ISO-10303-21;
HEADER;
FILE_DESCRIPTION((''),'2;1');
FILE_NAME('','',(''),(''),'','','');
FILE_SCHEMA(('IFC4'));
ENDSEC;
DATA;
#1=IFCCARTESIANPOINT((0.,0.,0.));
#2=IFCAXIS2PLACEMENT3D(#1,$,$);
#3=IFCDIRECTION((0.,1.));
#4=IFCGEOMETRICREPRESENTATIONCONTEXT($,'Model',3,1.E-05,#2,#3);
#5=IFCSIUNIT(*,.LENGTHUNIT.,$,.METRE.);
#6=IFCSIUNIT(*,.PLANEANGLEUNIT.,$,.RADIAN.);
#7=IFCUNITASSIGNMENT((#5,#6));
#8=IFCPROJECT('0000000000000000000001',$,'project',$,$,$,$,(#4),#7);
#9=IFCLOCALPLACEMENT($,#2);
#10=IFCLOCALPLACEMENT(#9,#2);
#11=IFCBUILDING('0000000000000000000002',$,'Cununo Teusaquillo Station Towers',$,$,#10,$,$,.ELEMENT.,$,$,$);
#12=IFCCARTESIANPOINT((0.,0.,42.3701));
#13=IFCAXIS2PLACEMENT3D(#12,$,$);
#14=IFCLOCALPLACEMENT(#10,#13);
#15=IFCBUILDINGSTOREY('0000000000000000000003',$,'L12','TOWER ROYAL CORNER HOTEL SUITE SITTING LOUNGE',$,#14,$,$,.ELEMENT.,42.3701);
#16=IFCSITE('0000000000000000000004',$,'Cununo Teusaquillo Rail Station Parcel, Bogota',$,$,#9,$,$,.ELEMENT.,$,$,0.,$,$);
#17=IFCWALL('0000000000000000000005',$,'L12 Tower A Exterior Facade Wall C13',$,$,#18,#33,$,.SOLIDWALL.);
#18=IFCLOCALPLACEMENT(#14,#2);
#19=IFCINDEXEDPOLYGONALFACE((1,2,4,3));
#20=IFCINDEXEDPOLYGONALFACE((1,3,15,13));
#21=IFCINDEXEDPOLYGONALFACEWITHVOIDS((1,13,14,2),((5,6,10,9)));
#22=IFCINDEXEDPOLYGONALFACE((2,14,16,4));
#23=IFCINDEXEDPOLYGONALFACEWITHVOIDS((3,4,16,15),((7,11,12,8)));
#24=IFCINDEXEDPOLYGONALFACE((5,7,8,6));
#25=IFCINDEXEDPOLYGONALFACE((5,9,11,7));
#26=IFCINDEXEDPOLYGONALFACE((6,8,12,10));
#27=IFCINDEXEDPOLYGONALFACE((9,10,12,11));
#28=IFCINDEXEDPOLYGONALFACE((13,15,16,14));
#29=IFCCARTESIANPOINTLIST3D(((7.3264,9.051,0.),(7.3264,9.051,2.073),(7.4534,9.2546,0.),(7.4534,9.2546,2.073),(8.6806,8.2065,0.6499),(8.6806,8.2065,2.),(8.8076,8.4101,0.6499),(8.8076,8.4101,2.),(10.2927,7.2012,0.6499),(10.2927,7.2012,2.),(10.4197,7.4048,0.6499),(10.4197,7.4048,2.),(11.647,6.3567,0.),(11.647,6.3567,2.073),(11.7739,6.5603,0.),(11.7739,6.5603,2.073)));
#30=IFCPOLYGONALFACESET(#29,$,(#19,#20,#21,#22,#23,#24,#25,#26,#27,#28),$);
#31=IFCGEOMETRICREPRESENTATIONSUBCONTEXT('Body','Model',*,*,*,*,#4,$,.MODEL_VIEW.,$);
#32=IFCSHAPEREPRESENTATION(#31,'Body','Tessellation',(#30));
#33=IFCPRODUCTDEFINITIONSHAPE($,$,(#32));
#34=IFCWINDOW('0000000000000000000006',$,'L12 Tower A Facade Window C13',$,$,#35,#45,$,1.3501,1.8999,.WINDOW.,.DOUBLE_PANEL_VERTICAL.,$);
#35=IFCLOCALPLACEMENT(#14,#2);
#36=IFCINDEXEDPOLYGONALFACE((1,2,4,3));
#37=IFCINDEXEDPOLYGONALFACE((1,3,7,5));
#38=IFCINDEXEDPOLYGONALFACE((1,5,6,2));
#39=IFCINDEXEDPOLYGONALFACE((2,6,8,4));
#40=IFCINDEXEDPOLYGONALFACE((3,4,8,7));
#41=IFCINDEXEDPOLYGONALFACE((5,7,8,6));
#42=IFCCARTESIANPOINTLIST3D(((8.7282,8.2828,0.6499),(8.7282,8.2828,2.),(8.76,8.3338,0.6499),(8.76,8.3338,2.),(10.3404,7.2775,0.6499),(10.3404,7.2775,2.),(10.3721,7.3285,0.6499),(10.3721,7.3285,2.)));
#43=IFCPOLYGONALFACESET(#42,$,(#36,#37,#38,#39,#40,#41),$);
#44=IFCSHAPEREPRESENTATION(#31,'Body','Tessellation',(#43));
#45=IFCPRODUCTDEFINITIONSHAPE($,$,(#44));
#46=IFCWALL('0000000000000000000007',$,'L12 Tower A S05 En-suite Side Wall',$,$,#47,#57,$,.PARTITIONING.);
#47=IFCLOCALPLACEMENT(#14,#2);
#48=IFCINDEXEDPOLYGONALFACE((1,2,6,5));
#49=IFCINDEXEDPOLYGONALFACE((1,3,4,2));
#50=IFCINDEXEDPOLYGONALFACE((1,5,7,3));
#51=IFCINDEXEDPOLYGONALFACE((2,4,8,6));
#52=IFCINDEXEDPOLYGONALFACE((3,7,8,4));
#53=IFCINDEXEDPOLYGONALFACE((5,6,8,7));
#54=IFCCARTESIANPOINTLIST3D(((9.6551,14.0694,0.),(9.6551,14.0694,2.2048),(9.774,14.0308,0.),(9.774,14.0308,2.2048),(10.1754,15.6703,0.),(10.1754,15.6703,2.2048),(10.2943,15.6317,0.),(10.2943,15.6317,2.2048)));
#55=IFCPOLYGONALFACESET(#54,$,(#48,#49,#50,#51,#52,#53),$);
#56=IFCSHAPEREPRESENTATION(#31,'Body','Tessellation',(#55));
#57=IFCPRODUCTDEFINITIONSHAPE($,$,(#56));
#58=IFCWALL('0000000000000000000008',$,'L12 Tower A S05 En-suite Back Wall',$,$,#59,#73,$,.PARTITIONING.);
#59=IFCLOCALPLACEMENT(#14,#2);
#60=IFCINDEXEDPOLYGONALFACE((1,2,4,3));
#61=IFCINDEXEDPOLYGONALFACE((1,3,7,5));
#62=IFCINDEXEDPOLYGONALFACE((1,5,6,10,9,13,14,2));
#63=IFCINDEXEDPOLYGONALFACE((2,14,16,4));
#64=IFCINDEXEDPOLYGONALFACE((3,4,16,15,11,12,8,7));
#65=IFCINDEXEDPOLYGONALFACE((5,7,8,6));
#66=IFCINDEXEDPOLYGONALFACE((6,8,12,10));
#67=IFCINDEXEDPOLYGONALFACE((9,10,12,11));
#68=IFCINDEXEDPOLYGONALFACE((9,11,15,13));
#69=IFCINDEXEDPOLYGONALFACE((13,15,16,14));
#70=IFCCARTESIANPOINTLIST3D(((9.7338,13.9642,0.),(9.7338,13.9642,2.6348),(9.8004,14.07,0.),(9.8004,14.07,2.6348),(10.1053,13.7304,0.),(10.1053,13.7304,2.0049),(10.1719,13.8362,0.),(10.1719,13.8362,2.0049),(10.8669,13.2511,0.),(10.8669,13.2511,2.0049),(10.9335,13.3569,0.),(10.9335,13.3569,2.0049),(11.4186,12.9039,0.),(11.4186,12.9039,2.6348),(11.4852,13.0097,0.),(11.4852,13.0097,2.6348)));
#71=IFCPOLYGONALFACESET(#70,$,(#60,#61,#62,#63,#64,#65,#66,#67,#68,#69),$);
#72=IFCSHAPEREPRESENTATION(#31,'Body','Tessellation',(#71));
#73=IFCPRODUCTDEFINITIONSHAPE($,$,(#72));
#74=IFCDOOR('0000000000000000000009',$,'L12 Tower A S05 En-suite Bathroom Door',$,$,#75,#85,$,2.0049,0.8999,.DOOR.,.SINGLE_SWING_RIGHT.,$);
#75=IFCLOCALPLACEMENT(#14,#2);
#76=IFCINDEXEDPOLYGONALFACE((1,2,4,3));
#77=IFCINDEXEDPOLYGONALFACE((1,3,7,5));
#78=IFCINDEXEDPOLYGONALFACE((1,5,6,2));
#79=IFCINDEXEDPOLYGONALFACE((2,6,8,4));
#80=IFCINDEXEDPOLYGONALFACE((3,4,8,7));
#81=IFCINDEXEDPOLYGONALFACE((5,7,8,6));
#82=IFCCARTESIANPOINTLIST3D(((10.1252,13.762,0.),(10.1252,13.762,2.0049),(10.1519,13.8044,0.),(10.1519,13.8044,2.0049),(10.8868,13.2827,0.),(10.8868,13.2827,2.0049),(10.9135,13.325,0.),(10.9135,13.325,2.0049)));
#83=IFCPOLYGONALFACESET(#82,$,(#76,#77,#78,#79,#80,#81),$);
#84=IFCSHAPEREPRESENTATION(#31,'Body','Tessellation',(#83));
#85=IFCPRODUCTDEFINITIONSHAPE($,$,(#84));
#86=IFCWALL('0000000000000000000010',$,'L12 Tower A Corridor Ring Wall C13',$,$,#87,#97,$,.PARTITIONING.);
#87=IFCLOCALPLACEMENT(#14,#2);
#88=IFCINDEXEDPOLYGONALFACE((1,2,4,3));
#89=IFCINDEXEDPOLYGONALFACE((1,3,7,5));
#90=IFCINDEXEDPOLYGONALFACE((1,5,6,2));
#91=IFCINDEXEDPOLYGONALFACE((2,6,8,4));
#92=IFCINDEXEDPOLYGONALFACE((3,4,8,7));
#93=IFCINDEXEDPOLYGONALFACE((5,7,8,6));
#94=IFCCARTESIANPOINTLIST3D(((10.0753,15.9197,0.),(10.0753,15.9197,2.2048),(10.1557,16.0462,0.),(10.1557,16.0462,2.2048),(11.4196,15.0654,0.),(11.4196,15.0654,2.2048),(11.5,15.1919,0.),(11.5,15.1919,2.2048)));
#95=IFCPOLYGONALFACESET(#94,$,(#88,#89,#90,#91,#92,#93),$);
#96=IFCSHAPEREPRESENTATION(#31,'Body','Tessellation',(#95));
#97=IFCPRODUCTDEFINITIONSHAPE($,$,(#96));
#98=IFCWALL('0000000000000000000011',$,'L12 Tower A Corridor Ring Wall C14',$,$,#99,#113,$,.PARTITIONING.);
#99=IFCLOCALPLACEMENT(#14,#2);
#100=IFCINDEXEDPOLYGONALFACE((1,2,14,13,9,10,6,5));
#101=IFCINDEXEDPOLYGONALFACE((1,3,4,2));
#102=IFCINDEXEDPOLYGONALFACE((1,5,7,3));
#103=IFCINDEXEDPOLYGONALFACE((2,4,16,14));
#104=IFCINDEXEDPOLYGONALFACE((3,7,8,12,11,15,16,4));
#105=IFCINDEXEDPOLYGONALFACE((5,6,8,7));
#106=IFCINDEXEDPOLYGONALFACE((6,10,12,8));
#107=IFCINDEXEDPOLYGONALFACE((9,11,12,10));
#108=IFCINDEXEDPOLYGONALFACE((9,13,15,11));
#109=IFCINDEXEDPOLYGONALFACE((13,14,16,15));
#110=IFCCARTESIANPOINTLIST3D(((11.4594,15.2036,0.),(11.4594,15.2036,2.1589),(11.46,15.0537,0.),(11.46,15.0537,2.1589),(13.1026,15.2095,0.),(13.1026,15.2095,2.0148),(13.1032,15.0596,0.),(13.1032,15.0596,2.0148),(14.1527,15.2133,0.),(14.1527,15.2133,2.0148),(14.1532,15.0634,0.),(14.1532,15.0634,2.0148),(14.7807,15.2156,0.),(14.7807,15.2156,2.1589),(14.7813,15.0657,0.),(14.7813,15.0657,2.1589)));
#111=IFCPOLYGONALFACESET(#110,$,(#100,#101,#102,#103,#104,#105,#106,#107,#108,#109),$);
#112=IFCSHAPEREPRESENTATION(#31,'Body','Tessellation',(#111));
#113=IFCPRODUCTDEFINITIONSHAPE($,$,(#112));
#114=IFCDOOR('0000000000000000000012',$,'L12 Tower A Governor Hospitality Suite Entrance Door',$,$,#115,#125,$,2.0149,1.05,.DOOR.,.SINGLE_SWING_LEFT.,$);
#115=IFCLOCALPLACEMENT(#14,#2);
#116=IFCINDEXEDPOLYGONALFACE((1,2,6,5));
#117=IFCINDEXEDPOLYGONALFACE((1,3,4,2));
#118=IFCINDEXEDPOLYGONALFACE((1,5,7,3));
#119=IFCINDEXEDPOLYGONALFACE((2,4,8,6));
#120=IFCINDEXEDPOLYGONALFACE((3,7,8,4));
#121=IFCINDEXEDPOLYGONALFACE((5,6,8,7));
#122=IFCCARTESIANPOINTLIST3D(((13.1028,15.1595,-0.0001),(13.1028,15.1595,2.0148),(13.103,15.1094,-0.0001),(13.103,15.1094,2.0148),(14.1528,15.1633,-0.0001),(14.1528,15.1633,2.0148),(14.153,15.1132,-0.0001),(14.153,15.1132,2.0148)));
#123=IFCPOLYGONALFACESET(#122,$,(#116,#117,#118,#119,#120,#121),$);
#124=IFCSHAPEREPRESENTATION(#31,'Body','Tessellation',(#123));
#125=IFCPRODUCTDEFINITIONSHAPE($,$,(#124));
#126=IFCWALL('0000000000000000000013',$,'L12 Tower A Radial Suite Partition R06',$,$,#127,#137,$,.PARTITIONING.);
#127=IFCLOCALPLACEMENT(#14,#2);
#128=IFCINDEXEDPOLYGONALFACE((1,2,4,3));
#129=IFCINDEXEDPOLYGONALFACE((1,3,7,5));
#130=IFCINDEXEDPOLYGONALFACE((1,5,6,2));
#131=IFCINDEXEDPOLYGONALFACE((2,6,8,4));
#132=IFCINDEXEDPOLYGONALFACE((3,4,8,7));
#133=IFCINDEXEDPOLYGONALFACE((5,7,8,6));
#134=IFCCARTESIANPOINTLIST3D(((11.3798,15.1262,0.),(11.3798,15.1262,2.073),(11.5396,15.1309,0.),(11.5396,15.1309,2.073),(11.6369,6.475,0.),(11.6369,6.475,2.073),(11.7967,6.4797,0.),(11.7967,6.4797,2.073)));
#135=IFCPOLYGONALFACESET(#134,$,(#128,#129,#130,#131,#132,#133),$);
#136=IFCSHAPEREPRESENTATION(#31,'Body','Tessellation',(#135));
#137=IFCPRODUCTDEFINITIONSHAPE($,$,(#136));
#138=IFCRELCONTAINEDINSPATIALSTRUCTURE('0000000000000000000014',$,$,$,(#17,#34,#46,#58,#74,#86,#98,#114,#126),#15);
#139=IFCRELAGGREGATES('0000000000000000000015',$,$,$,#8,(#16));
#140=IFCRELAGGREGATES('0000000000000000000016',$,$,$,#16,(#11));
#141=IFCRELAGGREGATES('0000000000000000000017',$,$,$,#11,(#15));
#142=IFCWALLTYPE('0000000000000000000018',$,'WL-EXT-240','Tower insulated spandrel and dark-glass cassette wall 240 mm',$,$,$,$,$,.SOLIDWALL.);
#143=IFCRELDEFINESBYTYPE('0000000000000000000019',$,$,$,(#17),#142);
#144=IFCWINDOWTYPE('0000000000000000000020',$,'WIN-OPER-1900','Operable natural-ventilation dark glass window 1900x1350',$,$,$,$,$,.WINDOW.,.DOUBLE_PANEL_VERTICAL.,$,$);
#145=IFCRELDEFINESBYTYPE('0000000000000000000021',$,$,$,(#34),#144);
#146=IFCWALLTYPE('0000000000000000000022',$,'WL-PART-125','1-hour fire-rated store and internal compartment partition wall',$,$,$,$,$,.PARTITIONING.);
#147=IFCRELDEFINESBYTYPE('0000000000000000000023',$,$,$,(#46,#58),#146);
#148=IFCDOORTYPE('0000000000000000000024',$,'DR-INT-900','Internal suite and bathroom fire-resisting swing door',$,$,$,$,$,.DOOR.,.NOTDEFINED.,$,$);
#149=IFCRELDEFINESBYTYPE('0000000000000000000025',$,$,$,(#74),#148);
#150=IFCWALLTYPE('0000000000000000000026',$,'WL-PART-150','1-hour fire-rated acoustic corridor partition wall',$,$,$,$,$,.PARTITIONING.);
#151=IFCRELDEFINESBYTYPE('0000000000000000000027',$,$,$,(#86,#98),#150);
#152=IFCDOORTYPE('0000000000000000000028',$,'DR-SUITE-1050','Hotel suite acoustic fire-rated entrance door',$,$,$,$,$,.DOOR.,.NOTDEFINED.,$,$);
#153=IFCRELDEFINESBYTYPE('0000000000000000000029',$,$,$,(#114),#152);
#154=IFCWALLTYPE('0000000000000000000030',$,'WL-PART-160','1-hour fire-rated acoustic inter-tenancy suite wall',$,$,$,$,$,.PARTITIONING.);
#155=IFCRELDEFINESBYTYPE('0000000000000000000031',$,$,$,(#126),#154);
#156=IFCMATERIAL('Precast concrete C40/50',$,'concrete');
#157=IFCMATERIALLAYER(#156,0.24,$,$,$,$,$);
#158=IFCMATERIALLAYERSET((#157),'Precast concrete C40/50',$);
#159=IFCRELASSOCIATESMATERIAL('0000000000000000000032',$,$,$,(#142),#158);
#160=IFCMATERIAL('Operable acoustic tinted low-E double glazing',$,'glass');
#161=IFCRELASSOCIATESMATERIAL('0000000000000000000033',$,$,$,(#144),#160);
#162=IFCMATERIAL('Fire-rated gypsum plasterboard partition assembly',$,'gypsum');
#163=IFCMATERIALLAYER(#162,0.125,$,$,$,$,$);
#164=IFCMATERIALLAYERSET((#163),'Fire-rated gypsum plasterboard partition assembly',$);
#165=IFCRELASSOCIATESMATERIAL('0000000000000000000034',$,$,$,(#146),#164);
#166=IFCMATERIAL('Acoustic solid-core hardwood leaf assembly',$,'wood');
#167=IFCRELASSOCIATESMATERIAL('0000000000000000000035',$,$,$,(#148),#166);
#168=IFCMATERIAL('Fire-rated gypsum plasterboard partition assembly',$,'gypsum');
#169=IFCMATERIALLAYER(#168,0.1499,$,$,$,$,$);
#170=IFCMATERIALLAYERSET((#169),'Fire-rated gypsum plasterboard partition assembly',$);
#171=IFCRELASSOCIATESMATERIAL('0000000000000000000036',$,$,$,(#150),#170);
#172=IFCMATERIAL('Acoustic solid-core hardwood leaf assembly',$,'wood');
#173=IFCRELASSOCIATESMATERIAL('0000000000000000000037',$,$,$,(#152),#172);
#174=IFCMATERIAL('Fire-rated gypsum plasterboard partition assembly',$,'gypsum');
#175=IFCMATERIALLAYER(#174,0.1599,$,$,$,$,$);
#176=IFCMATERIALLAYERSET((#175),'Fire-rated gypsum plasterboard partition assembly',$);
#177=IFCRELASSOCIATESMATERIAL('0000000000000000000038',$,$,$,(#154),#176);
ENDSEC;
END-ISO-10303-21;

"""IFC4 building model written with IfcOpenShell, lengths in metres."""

from ifc_helpers import new_model, si_unit, direction, frame, frame_2d, origin, place, context, subcontext, project, spatial, rectangle, extrude, source, transform, mapped, material, layer, layer_set, type_object, element, fill, save


model = new_model("IFC4")

# Units and contexts
model_context = context("Model", 3, precision=1e-05, world=origin(), true_north=direction((0.0, 1.0)))
body_context = subcontext(model_context, "Body", "Model", "MODEL_VIEW")
ifc_project = project(units=[si_unit("LENGTHUNIT", "METRE"), si_unit("PLANEANGLEUNIT", "RADIAN")], contexts=[model_context])

# Site, building, storey
site_placement = place(None, origin())
site = spatial("IfcSite", under=ifc_project, at=site_placement, Name="Cununo Teusaquillo Rail Station Parcel, Bogota", CompositionType="ELEMENT", RefElevation=0.0)
building_placement = place(site_placement, origin())
building = spatial("IfcBuilding", under=site, at=building_placement, Name="Cununo Teusaquillo Station Towers", CompositionType="ELEMENT")
storey_placement = place(building_placement, frame((0.0, 0.0, 42.3701)))
storey = spatial("IfcBuildingStorey", under=building, at=storey_placement, Name="L12", Description="TOWER ROYAL CORNER HOTEL SUITE SITTING LOUNGE", CompositionType="ELEMENT", Elevation=42.3701)

# Shared definitions
ifc_material_1 = material(Name="Precast concrete C40/50", Category="concrete")
ifc_layer_1 = layer(ifc_material_1, 0.24)
ifc_layer_set_1 = layer_set([ifc_layer_1], Name="Precast concrete C40/50")
wall_type_1 = type_object("IfcWallType", Name="WL-EXT-240", Description="Tower insulated spandrel and dark-glass cassette wall 240 mm", PredefinedType="SOLIDWALL", material=ifc_layer_set_1)
shared_shape_1 = source(origin(), body_context, "Body", "SweptSolid", [
    extrude(rectangle(XDim=1.8999, YDim=1.3501, at=frame_2d((0.95, 0.675))), frame((0.0, 0.1299, 0.0), z_axis=(0.0, -1.0, 0.0), x_axis=(1.0, 0.0, 0.0)), (0.0, 0.0, 1.0), 0.26),
])
ifc_material_2 = material(Name="Operable acoustic tinted low-E double glazing", Category="glass")
window_type = type_object("IfcWindowType", Name="WIN-OPER-1900", Description="Operable natural-ventilation dark glass window 1900x1350", PartitioningType="DOUBLE_PANEL_VERTICAL", PredefinedType="WINDOW", material=ifc_material_2)
shared_shape_2 = source(origin(), body_context, "Body", "SweptSolid", [
    extrude(rectangle(XDim=1.8999, YDim=1.3501, at=frame_2d((0.95, 0.675))), frame((0.0, 0.03, 0.0), z_axis=(0.0, -1.0, 0.0), x_axis=(1.0, 0.0, 0.0)), (0.0, 0.0, 1.0), 0.0601),
])

# Wall, opening, window
wall_1_placement = place(storey_placement, frame((11.7104, 6.4585, 0.0), z_axis=(0.0, 0.0, 1.0), x_axis=(-0.848529, 0.52915, 0.0)))
wall_1 = element("IfcWall", 1, at=wall_1_placement, inside=storey, type_object=wall_type_1, Name="L12 Tower A Exterior Facade Wall C13", PredefinedType="SOLIDWALL", context=body_context, shape_type="SweptSolid", body=[
    extrude(rectangle(XDim=5.0918, YDim=0.24, at=frame_2d((2.5459, 0.0))), origin(), (0.0, 0.0, 1.0), 2.073),
])
opening_1_placement = place(wall_1_placement, frame((1.5959, 0.0, 0.6499)))
opening_1 = element("IfcOpeningElement", 2, at=opening_1_placement, cuts=wall_1, PredefinedType="OPENING", context=body_context, shape_type="MappedRepresentation", body=[
    mapped(shared_shape_1, transform((0.0, 0.0, 0.0), x_axis=(1.0, 0.0, 0.0), y_axis=(0.0, 1.0, 0.0), z_axis=(0.0, 0.0, 1.0), scale=1.0)),
])
window_1_placement = place(opening_1_placement, origin())
window_1 = element("IfcWindow", 3, at=window_1_placement, inside=storey, type_object=window_type, Name="L12 Tower A Facade Window C13", OverallHeight=1.3501, OverallWidth=1.8999, PartitioningType="DOUBLE_PANEL_VERTICAL", PredefinedType="WINDOW", context=body_context, shape_type="MappedRepresentation", body=[
    mapped(shared_shape_2, transform((0.0, 0.0, 0.0), x_axis=(1.0, 0.0, 0.0), y_axis=(0.0, 1.0, 0.0), z_axis=(0.0, 0.0, 1.0), scale=1.0)),
])
fill(opening_1, window_1)

# Wall
ifc_material_3 = material(Name="Fire-rated gypsum plasterboard partition assembly", Category="gypsum")
ifc_layer_2 = layer(ifc_material_3, 0.125)
ifc_layer_set_2 = layer_set([ifc_layer_2], Name="Fire-rated gypsum plasterboard partition assembly")
wall_type_2 = type_object("IfcWallType", Name="WL-PART-125", Description="1-hour fire-rated store and internal compartment partition wall", PredefinedType="PARTITIONING", material=ifc_layer_set_2)
wall_2_placement = place(storey_placement, frame((10.2349, 15.6511, 0.0), z_axis=(0.0, 0.0, 1.0), x_axis=(-0.309083, -0.951035, 0.0)))
element("IfcWall", 4, at=wall_2_placement, inside=storey, type_object=wall_type_2, Name="L12 Tower A S05 En-suite Side Wall", PredefinedType="PARTITIONING", context=body_context, shape_type="SweptSolid", body=[
    extrude(rectangle(XDim=1.6833, YDim=0.125, at=frame_2d((0.8418, 0.0))), origin(), (0.0, 0.0, 1.0), 2.2048),
])

# Wall, opening, door
wall_3_placement = place(storey_placement, frame((9.7671, 14.0171, 0.0), z_axis=(0.0, 0.0, 1.0), x_axis=(0.846348, -0.532631, 0.0)))
wall_3 = element("IfcWall", 5, at=wall_3_placement, inside=storey, type_object=wall_type_2, Name="L12 Tower A S05 En-suite Back Wall", PredefinedType="PARTITIONING", context=body_context, shape_type="SweptSolid", body=[
    extrude(rectangle(XDim=1.9907, YDim=0.125, at=frame_2d((0.9954, 0.0))), origin(), (0.0, 0.0, 1.0), 2.6348),
])
shared_shape_3 = source(origin(), body_context, "Body", "SweptSolid", [
    extrude(rectangle(XDim=0.8999, YDim=2.0049, at=frame_2d((0.45, 1.0024))), frame((0.0, 0.0725, 0.0), z_axis=(0.0, -1.0, 0.0), x_axis=(1.0, 0.0, 0.0)), (0.0, 0.0, 1.0), 0.145),
])
opening_2_placement = place(wall_3_placement, frame((0.439, 0.0, 0.0)))
opening_2 = element("IfcOpeningElement", 6, at=opening_2_placement, cuts=wall_3, PredefinedType="OPENING", context=body_context, shape_type="MappedRepresentation", body=[
    mapped(shared_shape_3, transform((0.0, 0.0, 0.0), x_axis=(1.0, 0.0, 0.0), y_axis=(0.0, 1.0, 0.0), z_axis=(0.0, 0.0, 1.0), scale=1.0)),
])
ifc_material_4 = material(Name="Acoustic solid-core hardwood leaf assembly", Category="wood")
door_type_1 = type_object("IfcDoorType", Name="DR-INT-900", Description="Internal suite and bathroom fire-resisting swing door", OperationType="NOTDEFINED", PredefinedType="DOOR", material=ifc_material_4)
shared_shape_4 = source(origin(), body_context, "Body", "SweptSolid", [
    extrude(rectangle(XDim=0.8999, YDim=2.0049, at=frame_2d((0.45, 1.0024))), frame((0.0, 0.0249, 0.0), z_axis=(0.0, -1.0, 0.0), x_axis=(1.0, 0.0, 0.0)), (0.0, 0.0, 1.0), 0.05),
])
door_1_placement = place(opening_2_placement, origin())
door_1 = element("IfcDoor", 7, at=door_1_placement, inside=storey, type_object=door_type_1, Name="L12 Tower A S05 En-suite Bathroom Door", OperationType="SINGLE_SWING_RIGHT", OverallHeight=2.0049, OverallWidth=0.8999, PredefinedType="DOOR", context=body_context, shape_type="MappedRepresentation", body=[
    mapped(shared_shape_4, transform((0.0, 0.0, 0.0), x_axis=(1.0, 0.0, 0.0), y_axis=(0.0, 1.0, 0.0), z_axis=(0.0, 0.0, 1.0), scale=1.0)),
])
fill(opening_2, door_1)

# Wall
ifc_material_5 = material(Name="Fire-rated gypsum plasterboard partition assembly", Category="gypsum")
ifc_layer_3 = layer(ifc_material_5, 0.1499)
ifc_layer_set_3 = layer_set([ifc_layer_3], Name="Fire-rated gypsum plasterboard partition assembly")
wall_type_3 = type_object("IfcWallType", Name="WL-PART-150", Description="1-hour fire-rated acoustic corridor partition wall", PredefinedType="PARTITIONING", material=ifc_layer_set_3)
wall_4_placement = place(storey_placement, frame((10.1155, 15.9829, 0.0), z_axis=(0.0, 0.0, 1.0), x_axis=(0.843996, -0.53635, 0.0)))
element("IfcWall", 8, at=wall_4_placement, inside=storey, type_object=wall_type_3, Name="L12 Tower A Corridor Ring Wall C13", PredefinedType="PARTITIONING", context=body_context, shape_type="SweptSolid", body=[
    extrude(rectangle(XDim=1.5928, YDim=0.1499, at=frame_2d((0.7964, 0.0))), origin(), (0.0, 0.0, 1.0), 2.2048),
])

# Wall, opening, door
wall_5_placement = place(storey_placement, frame((11.4597, 15.1287, 0.0), z_axis=(0.0, 0.0, 1.0), x_axis=(0.999994, 0.003602, 0.0)))
wall_5 = element("IfcWall", 9, at=wall_5_placement, inside=storey, type_object=wall_type_3, Name="L12 Tower A Corridor Ring Wall C14", PredefinedType="PARTITIONING", context=body_context, shape_type="SweptSolid", body=[
    extrude(rectangle(XDim=3.3213, YDim=0.1499, at=frame_2d((1.6606, 0.0))), origin(), (0.0, 0.0, 1.0), 2.1589),
])
shared_shape_5 = source(origin(), body_context, "Body", "SweptSolid", [
    extrude(rectangle(XDim=1.05, YDim=2.0149, at=frame_2d((0.5249, 1.0073))), frame((0.0, 0.085, 0.0), z_axis=(0.0, -1.0, 0.0), x_axis=(1.0, 0.0, 0.0)), (0.0, 0.0, 1.0), 0.1699),
])
opening_3_placement = place(wall_5_placement, frame((1.6433, 0.0, 0.0)))
opening_3 = element("IfcOpeningElement", 10, at=opening_3_placement, cuts=wall_5, PredefinedType="OPENING", context=body_context, shape_type="MappedRepresentation", body=[
    mapped(shared_shape_5, transform((0.0, 0.0, 0.0), x_axis=(1.0, 0.0, 0.0), y_axis=(0.0, 1.0, 0.0), z_axis=(0.0, 0.0, 1.0), scale=1.0)),
])
ifc_material_6 = material(Name="Acoustic solid-core hardwood leaf assembly", Category="wood")
door_type_2 = type_object("IfcDoorType", Name="DR-SUITE-1050", Description="Hotel suite acoustic fire-rated entrance door", OperationType="NOTDEFINED", PredefinedType="DOOR", material=ifc_material_6)
shared_shape_6 = source(origin(), body_context, "Body", "SweptSolid", [
    extrude(rectangle(XDim=1.05, YDim=2.0149, at=frame_2d((0.5249, 1.0073))), frame((0.0, 0.0249, 0.0), z_axis=(0.0, -1.0, 0.0), x_axis=(1.0, 0.0, 0.0)), (0.0, 0.0, 1.0), 0.05),
])
door_2_placement = place(opening_3_placement, origin())
door_2 = element("IfcDoor", 11, at=door_2_placement, inside=storey, type_object=door_type_2, Name="L12 Tower A Governor Hospitality Suite Entrance Door", OperationType="SINGLE_SWING_LEFT", OverallHeight=2.0149, OverallWidth=1.05, PredefinedType="DOOR", context=body_context, shape_type="MappedRepresentation", body=[
    mapped(shared_shape_6, transform((0.0, 0.0, 0.0), x_axis=(1.0, 0.0, 0.0), y_axis=(0.0, 1.0, 0.0), z_axis=(0.0, 0.0, 1.0), scale=1.0)),
])
fill(opening_3, door_2)

# Wall
ifc_material_7 = material(Name="Fire-rated gypsum plasterboard partition assembly", Category="gypsum")
ifc_layer_4 = layer(ifc_material_7, 0.1599)
ifc_layer_set_4 = layer_set([ifc_layer_4], Name="Fire-rated gypsum plasterboard partition assembly")
wall_type_4 = type_object("IfcWallType", Name="WL-PART-160", Description="1-hour fire-rated acoustic inter-tenancy suite wall", PredefinedType="PARTITIONING", material=ifc_layer_set_4)
wall_6_placement = place(storey_placement, frame((11.4597, 15.1287, 0.0), z_axis=(0.0, 0.0, 1.0), x_axis=(0.029703, -0.999559, 0.0)))
element("IfcWall", 12, at=wall_6_placement, inside=storey, type_object=wall_type_4, Name="L12 Tower A Radial Suite Partition R06", PredefinedType="PARTITIONING", context=body_context, shape_type="SweptSolid", body=[
    extrude(rectangle(XDim=8.655, YDim=0.1599, at=frame_2d((4.3276, 0.0))), origin(), (0.0, 0.0, 1.0), 2.073),
])

save(model, "model.ifc")
